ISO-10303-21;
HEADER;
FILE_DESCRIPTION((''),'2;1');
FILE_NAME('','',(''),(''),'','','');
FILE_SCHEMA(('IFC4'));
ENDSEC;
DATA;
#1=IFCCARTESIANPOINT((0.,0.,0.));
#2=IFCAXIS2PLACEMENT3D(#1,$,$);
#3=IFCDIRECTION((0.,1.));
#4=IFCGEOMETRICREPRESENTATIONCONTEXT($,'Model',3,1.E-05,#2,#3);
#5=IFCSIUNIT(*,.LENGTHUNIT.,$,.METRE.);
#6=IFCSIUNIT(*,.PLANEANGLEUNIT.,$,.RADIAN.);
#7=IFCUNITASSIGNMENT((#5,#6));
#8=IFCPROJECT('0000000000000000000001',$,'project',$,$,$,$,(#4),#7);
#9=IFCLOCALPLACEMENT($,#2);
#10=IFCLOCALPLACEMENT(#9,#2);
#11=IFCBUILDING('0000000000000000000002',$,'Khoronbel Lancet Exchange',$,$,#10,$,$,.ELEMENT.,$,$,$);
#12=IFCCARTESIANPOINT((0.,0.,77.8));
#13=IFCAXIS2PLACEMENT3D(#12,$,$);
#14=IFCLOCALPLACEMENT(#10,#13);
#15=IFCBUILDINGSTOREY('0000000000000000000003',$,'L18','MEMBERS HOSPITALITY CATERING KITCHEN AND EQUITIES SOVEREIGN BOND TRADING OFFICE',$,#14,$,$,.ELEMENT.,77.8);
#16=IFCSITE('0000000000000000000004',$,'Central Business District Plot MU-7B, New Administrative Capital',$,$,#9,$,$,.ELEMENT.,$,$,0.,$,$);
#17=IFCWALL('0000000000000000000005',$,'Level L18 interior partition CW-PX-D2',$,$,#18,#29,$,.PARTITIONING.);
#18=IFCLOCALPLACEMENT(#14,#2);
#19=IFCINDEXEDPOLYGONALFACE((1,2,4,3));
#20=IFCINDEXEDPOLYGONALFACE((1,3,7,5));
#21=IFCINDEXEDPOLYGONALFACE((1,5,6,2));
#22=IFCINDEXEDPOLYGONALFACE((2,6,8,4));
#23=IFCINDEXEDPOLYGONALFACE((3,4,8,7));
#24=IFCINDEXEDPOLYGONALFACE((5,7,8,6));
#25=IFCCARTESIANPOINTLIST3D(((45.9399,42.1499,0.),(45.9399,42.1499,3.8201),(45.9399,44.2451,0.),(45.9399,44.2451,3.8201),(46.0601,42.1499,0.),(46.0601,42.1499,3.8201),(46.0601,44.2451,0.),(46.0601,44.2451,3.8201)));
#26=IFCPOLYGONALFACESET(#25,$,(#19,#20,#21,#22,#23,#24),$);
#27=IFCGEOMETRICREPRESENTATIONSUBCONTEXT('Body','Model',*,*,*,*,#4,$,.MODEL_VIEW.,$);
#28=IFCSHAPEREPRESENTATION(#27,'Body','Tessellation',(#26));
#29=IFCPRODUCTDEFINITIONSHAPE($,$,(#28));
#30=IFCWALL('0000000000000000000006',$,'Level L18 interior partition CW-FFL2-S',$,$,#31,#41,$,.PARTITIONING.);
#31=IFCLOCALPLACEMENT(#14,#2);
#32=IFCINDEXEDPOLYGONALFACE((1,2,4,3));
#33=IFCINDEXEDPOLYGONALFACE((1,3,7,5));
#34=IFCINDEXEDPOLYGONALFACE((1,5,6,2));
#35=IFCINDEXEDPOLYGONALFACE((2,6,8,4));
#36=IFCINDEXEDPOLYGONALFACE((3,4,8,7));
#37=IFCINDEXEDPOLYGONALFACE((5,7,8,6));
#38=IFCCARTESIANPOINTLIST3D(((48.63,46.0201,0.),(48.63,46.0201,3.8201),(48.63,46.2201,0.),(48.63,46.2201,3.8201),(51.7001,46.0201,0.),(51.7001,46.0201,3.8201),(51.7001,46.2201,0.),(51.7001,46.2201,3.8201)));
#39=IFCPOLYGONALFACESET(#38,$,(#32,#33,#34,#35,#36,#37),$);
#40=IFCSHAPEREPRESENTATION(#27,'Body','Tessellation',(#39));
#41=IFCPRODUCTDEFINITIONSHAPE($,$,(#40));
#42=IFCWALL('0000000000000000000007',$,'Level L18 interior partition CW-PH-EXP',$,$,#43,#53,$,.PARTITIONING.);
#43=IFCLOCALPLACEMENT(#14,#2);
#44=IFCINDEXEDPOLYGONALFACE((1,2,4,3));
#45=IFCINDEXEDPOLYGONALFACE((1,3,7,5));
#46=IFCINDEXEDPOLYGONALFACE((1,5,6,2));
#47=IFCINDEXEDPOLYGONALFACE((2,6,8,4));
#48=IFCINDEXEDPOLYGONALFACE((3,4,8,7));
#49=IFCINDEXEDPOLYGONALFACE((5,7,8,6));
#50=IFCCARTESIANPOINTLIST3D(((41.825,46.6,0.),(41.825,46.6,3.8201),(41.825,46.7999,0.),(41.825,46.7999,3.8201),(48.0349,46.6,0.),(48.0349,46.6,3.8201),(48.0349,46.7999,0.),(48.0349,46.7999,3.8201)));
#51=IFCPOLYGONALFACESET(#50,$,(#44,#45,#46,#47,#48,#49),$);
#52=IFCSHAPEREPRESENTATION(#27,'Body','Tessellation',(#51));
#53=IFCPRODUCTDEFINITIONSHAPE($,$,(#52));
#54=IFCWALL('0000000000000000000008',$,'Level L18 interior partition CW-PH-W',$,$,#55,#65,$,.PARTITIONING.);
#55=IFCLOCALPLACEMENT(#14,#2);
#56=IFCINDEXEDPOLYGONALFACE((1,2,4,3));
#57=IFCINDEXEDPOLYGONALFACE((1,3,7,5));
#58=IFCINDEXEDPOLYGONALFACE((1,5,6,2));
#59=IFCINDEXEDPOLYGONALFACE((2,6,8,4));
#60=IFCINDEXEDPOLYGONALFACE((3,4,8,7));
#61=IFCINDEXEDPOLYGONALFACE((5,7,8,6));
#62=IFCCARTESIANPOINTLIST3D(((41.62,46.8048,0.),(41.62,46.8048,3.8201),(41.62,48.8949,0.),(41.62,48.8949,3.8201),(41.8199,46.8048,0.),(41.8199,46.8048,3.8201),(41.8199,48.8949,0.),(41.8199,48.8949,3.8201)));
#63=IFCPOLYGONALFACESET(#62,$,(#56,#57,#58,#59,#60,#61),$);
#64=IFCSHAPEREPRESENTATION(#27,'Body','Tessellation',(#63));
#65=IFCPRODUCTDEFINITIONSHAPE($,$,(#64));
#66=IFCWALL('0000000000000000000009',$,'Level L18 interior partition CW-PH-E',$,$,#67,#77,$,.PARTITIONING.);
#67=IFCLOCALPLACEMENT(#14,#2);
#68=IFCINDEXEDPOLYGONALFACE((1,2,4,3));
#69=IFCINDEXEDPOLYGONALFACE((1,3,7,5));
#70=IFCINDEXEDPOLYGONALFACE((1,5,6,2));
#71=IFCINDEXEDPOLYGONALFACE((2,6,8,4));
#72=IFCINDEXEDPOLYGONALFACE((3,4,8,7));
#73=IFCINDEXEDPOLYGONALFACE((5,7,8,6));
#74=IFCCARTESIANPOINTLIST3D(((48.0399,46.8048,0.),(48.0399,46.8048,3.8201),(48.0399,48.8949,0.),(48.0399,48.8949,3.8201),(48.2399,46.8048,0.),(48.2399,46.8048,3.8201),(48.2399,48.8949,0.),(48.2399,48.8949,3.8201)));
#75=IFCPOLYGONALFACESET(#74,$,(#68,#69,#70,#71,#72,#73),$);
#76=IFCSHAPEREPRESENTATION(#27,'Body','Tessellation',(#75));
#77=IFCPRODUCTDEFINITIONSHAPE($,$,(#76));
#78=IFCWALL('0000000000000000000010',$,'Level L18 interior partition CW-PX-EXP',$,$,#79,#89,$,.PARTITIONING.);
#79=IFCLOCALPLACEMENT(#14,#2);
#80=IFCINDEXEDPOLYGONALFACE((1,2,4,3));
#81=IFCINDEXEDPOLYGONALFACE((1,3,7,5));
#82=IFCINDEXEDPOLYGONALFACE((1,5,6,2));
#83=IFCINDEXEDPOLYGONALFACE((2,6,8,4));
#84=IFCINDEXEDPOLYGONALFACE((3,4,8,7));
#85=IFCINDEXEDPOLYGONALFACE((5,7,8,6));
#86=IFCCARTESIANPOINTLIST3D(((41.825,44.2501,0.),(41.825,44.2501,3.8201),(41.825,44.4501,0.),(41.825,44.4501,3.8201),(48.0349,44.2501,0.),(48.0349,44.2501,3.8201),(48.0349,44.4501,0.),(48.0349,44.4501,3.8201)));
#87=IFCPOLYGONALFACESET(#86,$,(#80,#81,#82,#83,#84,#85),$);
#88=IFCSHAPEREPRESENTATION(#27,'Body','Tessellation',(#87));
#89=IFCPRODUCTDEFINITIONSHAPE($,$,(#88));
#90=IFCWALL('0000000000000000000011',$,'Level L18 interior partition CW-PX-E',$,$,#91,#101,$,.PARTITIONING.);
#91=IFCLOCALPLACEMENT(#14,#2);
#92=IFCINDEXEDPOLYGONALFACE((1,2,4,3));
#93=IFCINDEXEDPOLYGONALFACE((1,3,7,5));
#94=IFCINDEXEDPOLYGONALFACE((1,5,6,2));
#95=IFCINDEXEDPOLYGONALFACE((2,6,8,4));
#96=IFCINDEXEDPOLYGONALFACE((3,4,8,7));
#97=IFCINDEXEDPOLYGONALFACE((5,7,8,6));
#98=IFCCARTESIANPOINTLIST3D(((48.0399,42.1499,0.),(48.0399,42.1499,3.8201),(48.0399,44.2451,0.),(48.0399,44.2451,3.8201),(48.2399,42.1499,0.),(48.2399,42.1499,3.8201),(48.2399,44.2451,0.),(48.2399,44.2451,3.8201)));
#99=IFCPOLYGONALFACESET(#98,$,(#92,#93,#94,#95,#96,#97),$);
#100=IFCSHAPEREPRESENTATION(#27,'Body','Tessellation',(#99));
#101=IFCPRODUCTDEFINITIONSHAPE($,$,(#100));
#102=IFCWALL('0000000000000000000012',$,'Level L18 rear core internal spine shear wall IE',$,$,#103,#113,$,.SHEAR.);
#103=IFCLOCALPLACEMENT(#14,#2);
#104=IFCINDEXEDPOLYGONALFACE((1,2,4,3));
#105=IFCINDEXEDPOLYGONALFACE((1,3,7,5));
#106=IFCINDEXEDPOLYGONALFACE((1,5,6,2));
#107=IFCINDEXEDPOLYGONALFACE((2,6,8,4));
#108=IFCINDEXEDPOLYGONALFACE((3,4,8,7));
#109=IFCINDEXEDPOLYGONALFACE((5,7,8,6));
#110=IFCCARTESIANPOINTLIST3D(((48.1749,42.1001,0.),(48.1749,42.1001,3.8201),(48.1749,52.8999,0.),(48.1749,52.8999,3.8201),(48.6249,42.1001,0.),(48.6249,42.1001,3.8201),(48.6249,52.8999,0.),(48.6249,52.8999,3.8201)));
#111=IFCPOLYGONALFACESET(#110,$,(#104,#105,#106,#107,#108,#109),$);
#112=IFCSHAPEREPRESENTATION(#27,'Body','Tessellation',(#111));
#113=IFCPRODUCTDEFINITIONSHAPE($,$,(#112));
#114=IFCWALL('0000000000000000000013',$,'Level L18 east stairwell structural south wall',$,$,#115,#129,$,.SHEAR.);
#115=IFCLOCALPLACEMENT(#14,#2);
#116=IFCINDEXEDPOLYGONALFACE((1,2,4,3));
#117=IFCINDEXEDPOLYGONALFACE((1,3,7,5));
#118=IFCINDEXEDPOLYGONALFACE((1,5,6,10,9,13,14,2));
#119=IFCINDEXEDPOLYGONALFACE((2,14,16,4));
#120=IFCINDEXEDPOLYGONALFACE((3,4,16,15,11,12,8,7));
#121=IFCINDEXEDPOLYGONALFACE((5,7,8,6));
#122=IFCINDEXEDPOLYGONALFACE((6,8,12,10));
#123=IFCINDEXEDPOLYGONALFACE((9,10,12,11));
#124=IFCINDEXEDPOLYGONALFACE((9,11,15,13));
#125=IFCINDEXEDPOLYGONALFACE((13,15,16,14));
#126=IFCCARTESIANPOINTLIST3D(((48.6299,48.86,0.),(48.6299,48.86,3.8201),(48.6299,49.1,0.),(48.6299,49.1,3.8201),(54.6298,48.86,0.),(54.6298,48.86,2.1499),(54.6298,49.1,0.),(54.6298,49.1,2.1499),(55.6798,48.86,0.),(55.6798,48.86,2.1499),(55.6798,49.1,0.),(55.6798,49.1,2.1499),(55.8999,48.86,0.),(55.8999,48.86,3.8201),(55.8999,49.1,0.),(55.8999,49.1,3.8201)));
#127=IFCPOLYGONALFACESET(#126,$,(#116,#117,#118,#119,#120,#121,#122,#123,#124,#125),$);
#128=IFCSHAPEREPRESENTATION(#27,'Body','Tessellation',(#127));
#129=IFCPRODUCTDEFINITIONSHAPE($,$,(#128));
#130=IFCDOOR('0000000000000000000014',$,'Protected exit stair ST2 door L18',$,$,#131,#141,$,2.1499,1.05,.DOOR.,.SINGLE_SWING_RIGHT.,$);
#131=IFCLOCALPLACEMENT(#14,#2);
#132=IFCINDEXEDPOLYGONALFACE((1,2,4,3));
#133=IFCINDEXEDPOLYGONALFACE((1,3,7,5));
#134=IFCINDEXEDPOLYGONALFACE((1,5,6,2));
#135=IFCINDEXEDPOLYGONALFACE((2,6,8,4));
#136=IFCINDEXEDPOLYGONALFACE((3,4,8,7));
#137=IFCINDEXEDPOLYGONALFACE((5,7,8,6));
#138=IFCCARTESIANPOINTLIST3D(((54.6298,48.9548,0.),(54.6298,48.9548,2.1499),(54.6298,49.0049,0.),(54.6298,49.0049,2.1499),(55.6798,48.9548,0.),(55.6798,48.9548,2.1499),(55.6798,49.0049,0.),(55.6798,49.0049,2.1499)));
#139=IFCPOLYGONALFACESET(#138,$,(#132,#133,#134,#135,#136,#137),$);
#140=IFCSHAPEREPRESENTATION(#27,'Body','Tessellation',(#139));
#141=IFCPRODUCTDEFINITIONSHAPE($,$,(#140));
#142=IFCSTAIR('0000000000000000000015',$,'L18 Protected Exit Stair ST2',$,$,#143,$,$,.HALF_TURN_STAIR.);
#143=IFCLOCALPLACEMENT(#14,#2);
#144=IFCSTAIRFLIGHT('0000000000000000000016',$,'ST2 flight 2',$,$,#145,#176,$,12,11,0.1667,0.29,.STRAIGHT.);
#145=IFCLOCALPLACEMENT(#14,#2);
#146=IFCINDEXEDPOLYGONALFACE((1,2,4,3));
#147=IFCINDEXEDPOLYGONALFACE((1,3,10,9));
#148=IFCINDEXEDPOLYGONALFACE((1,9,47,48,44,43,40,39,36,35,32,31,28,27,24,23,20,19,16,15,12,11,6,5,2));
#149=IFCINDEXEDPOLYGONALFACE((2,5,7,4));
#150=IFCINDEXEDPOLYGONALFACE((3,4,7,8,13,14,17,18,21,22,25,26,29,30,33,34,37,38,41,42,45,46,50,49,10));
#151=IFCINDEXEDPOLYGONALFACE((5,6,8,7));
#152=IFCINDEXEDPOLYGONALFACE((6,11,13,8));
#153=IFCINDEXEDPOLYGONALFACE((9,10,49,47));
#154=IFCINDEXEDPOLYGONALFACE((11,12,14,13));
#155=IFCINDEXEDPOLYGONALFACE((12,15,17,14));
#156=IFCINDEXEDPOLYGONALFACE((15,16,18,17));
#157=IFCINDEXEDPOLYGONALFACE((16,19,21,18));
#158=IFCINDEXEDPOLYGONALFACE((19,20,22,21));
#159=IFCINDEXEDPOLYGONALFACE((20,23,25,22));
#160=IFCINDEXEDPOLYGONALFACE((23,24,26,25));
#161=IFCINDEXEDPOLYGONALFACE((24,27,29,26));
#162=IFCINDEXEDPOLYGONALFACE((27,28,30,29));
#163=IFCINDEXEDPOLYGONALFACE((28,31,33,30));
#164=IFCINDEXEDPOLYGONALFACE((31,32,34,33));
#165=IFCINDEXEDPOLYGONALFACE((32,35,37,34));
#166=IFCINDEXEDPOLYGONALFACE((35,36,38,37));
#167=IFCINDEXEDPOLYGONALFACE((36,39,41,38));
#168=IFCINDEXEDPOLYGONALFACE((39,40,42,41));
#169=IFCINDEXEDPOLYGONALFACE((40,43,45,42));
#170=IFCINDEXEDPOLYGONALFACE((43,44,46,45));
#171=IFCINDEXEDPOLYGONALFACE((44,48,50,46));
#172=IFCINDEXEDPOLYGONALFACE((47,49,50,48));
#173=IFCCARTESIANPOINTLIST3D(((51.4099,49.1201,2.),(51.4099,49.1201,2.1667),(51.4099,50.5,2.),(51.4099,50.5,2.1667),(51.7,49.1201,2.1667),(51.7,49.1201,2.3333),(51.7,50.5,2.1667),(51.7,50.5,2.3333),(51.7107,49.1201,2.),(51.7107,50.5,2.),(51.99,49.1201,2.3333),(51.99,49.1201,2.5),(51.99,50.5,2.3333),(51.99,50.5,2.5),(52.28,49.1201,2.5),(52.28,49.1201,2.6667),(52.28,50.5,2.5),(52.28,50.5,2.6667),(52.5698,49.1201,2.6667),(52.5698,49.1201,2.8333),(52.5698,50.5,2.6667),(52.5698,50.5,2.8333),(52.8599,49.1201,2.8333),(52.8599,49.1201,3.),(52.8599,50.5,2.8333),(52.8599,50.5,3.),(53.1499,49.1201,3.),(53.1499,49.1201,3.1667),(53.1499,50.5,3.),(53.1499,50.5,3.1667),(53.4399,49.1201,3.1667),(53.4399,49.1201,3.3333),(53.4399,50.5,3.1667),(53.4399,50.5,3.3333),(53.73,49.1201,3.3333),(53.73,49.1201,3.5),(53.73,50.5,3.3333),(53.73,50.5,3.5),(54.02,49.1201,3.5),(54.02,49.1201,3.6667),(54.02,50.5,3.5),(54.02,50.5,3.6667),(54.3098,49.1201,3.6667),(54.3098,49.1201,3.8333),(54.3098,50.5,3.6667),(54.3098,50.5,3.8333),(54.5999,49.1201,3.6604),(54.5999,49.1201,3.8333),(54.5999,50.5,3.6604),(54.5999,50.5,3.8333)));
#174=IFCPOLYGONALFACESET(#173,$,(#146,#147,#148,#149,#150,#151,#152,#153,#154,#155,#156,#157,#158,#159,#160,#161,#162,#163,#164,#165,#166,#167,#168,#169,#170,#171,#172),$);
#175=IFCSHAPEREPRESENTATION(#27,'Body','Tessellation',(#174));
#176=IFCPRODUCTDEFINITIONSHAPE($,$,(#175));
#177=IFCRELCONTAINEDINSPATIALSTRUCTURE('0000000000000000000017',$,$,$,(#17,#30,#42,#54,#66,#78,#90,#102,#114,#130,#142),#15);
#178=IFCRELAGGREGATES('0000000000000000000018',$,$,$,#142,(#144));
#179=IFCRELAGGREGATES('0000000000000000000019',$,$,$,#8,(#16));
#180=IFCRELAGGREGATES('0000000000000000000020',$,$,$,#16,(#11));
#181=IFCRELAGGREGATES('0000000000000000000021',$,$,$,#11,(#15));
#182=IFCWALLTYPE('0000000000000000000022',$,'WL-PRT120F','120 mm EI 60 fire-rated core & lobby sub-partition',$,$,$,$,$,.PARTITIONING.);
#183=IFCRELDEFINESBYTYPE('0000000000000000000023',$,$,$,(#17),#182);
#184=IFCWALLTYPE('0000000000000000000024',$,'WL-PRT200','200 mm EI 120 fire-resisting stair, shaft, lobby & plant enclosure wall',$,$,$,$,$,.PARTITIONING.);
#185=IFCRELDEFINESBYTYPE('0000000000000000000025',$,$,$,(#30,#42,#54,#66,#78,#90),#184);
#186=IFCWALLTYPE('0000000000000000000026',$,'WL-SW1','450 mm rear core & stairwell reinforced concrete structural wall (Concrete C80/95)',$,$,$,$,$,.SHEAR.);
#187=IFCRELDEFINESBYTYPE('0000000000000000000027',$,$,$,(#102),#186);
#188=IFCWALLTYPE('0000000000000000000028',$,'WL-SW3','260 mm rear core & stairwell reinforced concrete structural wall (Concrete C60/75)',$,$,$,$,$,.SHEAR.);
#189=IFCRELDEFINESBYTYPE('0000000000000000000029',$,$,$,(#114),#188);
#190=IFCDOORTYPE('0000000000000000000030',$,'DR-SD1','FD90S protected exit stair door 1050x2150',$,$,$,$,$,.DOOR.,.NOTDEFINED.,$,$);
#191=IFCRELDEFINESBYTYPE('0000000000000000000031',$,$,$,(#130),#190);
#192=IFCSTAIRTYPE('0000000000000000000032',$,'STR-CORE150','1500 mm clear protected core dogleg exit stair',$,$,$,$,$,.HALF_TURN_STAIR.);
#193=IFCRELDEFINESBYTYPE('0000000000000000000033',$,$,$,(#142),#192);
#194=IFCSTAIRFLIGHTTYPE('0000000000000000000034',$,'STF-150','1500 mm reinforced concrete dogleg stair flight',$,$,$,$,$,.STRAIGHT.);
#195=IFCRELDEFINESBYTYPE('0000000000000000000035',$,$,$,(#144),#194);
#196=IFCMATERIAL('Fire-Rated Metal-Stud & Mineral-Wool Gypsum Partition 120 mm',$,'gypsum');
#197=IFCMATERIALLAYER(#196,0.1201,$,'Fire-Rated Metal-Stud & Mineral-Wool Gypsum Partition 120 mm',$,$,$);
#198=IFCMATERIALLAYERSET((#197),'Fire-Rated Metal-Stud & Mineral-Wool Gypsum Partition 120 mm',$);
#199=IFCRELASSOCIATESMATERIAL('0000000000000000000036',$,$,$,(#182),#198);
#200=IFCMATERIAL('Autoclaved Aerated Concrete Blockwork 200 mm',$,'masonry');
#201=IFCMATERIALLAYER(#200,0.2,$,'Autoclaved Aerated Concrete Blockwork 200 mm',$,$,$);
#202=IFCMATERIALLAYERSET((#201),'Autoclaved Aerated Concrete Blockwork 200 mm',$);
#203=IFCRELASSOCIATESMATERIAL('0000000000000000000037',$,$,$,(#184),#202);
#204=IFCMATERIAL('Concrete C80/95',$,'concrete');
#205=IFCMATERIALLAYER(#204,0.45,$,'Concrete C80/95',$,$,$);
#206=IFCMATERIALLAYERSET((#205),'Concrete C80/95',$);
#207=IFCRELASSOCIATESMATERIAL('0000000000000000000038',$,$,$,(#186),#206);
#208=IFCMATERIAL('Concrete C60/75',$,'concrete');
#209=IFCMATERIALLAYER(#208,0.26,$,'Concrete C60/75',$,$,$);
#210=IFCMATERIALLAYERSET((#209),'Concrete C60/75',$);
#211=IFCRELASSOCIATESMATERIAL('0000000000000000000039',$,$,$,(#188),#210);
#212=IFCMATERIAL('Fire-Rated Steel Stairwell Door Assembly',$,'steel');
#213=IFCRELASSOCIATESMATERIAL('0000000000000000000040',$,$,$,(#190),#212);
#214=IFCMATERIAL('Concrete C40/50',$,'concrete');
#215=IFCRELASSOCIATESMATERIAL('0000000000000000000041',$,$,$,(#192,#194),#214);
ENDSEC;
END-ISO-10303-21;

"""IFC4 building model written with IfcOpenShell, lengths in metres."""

from ifc_helpers import new_model, si_unit, direction, frame, frame_2d, origin, place, context, subcontext, project, spatial, polyline, rectangle, outline, extrude, material, layer, layer_set, type_object, element, fill, aggregate, save


model = new_model("IFC4")

# Units and contexts
model_context = context("Model", 3, precision=1e-05, world=origin(), true_north=direction((0.0, 1.0)))
body_context = subcontext(model_context, "Body", "Model", "MODEL_VIEW")
ifc_project = project(units=[si_unit("LENGTHUNIT", "METRE"), si_unit("PLANEANGLEUNIT", "RADIAN")], contexts=[model_context])

# Site, building, storey
site_placement = place(None, origin())
site = spatial("IfcSite", under=ifc_project, at=site_placement, Name="Central Business District Plot MU-7B, New Administrative Capital", CompositionType="ELEMENT", RefElevation=0.0)
building_placement = place(site_placement, origin())
building = spatial("IfcBuilding", under=site, at=building_placement, Name="Khoronbel Lancet Exchange", CompositionType="ELEMENT")
storey_placement = place(building_placement, frame((0.0, 0.0, 77.8)))
storey = spatial("IfcBuildingStorey", under=building, at=storey_placement, Name="L18", Description="MEMBERS HOSPITALITY CATERING KITCHEN AND EQUITIES SOVEREIGN BOND TRADING OFFICE", CompositionType="ELEMENT", Elevation=77.8)

# Walls
ifc_material_1 = material(Name="Fire-Rated Metal-Stud & Mineral-Wool Gypsum Partition 120 mm", Category="gypsum")
ifc_layer_1 = layer(ifc_material_1, 0.1201, Name="Fire-Rated Metal-Stud & Mineral-Wool Gypsum Partition 120 mm")
ifc_layer_set_1 = layer_set([ifc_layer_1], Name="Fire-Rated Metal-Stud & Mineral-Wool Gypsum Partition 120 mm")
wall_type_1 = type_object("IfcWallType", Name="WL-PRT120F", Description="120 mm EI 60 fire-rated core & lobby sub-partition", PredefinedType="PARTITIONING", material=ifc_layer_set_1)
for number, where, z_axis, x_axis, name in (
    (1, (46.0, 42.1499, 0.0), (0.0, 0.0, 1.0), (0.0, 1.0, 0.0), "Level L18 interior partition CW-PX-D2"),
):
    element("IfcWall", number, at=place(storey_placement, frame(where, z_axis=z_axis, x_axis=x_axis)), inside=storey, type_object=wall_type_1, Name=name, PredefinedType="PARTITIONING", context=body_context, shape_type="SweptSolid", body=[
        extrude(rectangle(XDim=2.0952, YDim=0.1201, at=frame_2d((1.0476, 0.0))), origin(), (0.0, 0.0, 1.0), 3.8201),
    ])
ifc_material_2 = material(Name="Autoclaved Aerated Concrete Blockwork 200 mm", Category="masonry")
ifc_layer_2 = layer(ifc_material_2, 0.2, Name="Autoclaved Aerated Concrete Blockwork 200 mm")
ifc_layer_set_2 = layer_set([ifc_layer_2], Name="Autoclaved Aerated Concrete Blockwork 200 mm")
wall_type_2 = type_object("IfcWallType", Name="WL-PRT200", Description="200 mm EI 120 fire-resisting stair, shaft, lobby & plant enclosure wall", PredefinedType="PARTITIONING", material=ifc_layer_set_2)
wall_1_placement = place(storey_placement, frame((48.6299, 46.1201, 0.0), z_axis=(0.0, 0.0, 1.0), x_axis=(1.0, 0.0, 0.0)))
element("IfcWall", 2, at=wall_1_placement, inside=storey, type_object=wall_type_2, Name="Level L18 interior partition CW-FFL2-S", PredefinedType="PARTITIONING", context=body_context, shape_type="SweptSolid", body=[
    extrude(rectangle(XDim=3.0701, YDim=0.2, at=frame_2d((1.5352, 0.0))), origin(), (0.0, 0.0, 1.0), 3.8201),
])
wall_2_placement = place(storey_placement, frame((41.825, 46.7, 0.0), z_axis=(0.0, 0.0, 1.0), x_axis=(1.0, 0.0, 0.0)))
element("IfcWall", 3, at=wall_2_placement, inside=storey, type_object=wall_type_2, Name="Level L18 interior partition CW-PH-EXP", PredefinedType="PARTITIONING", context=body_context, shape_type="SweptSolid", body=[
    extrude(rectangle(XDim=6.21, YDim=0.2, at=frame_2d((3.105, 0.0))), origin(), (0.0, 0.0, 1.0), 3.8201),
])
for number, where, z_axis, x_axis, name in (
    (4, (41.72, 46.8049, 0.0), (0.0, 0.0, 1.0), (0.0, 1.0, 0.0), "Level L18 interior partition CW-PH-W"),
    (5, (48.1399, 46.8049, 0.0), (0.0, 0.0, 1.0), (0.0, 1.0, 0.0), "Level L18 interior partition CW-PH-E"),
):
    element("IfcWall", number, at=place(storey_placement, frame(where, z_axis=z_axis, x_axis=x_axis)), inside=storey, type_object=wall_type_2, Name=name, PredefinedType="PARTITIONING", context=body_context, shape_type="SweptSolid", body=[
        extrude(rectangle(XDim=2.0901, YDim=0.2, at=frame_2d((1.0449, 0.0))), origin(), (0.0, 0.0, 1.0), 3.8201),
    ])
wall_3_placement = place(storey_placement, frame((41.825, 44.3501, 0.0), z_axis=(0.0, 0.0, 1.0), x_axis=(1.0, 0.0, 0.0)))
element("IfcWall", 6, at=wall_3_placement, inside=storey, type_object=wall_type_2, Name="Level L18 interior partition CW-PX-EXP", PredefinedType="PARTITIONING", context=body_context, shape_type="SweptSolid", body=[
    extrude(rectangle(XDim=6.21, YDim=0.2, at=frame_2d((3.105, 0.0))), origin(), (0.0, 0.0, 1.0), 3.8201),
])
wall_4_placement = place(storey_placement, frame((48.1399, 42.1499, 0.0), z_axis=(0.0, 0.0, 1.0), x_axis=(0.0, 1.0, 0.0)))
element("IfcWall", 7, at=wall_4_placement, inside=storey, type_object=wall_type_2, Name="Level L18 interior partition CW-PX-E", PredefinedType="PARTITIONING", context=body_context, shape_type="SweptSolid", body=[
    extrude(rectangle(XDim=2.0952, YDim=0.2, at=frame_2d((1.0476, 0.0))), origin(), (0.0, 0.0, 1.0), 3.8201),
])
ifc_material_3 = material(Name="Concrete C80/95", Category="concrete")
ifc_layer_3 = layer(ifc_material_3, 0.45, Name="Concrete C80/95")
ifc_layer_set_3 = layer_set([ifc_layer_3], Name="Concrete C80/95")
wall_type_3 = type_object("IfcWallType", Name="WL-SW1", Description="450 mm rear core & stairwell reinforced concrete structural wall (Concrete C80/95)", PredefinedType="SHEAR", material=ifc_layer_set_3)
wall_5_placement = place(storey_placement, frame((48.3999, 42.1001, 0.0), z_axis=(0.0, 0.0, 1.0), x_axis=(0.0, 1.0, 0.0)))
element("IfcWall", 8, at=wall_5_placement, inside=storey, type_object=wall_type_3, Name="Level L18 rear core internal spine shear wall IE", PredefinedType="SHEAR", context=body_context, shape_type="SweptSolid", body=[
    extrude(rectangle(XDim=10.7998, YDim=0.45, at=frame_2d((5.3999, 0.0))), origin(), (0.0, 0.0, 1.0), 3.8201),
])

# Wall, opening, door
ifc_material_4 = material(Name="Concrete C60/75", Category="concrete")
ifc_layer_4 = layer(ifc_material_4, 0.26, Name="Concrete C60/75")
ifc_layer_set_4 = layer_set([ifc_layer_4], Name="Concrete C60/75")
wall_type_4 = type_object("IfcWallType", Name="WL-SW3", Description="260 mm rear core & stairwell reinforced concrete structural wall (Concrete C60/75)", PredefinedType="SHEAR", material=ifc_layer_set_4)
wall_6_placement = place(storey_placement, frame((48.6299, 48.98, 0.0), z_axis=(0.0, 0.0, 1.0), x_axis=(1.0, 0.0, 0.0)))
wall_6 = element("IfcWall", 9, at=wall_6_placement, inside=storey, type_object=wall_type_4, Name="Level L18 east stairwell structural south wall", PredefinedType="SHEAR", context=body_context, shape_type="SweptSolid", body=[
    extrude(rectangle(XDim=7.27, YDim=0.24, at=frame_2d((3.635, 0.0))), origin(), (0.0, 0.0, 1.0), 3.8201),
])
opening_placement = place(wall_6_placement, frame((6.0, 0.0, 0.0)))
opening = element("IfcOpeningElement", 10, at=opening_placement, cuts=wall_6, PredefinedType="OPENING", context=body_context, shape_type="SweptSolid", body=[
    extrude(rectangle(XDim=1.05, YDim=2.1499, at=frame_2d((0.5249, 1.075))), frame((0.0, 0.1299, 0.0), z_axis=(0.0, -1.0, 0.0), x_axis=(1.0, 0.0, 0.0)), (0.0, 0.0, 1.0), 0.26),
])
ifc_material_5 = material(Name="Fire-Rated Steel Stairwell Door Assembly", Category="steel")
door_type = type_object("IfcDoorType", Name="DR-SD1", Description="FD90S protected exit stair door 1050x2150", OperationType="NOTDEFINED", PredefinedType="DOOR", material=ifc_material_5)
door_placement = place(opening_placement, origin())
door = element("IfcDoor", 11, at=door_placement, inside=storey, type_object=door_type, Name="Protected exit stair ST2 door L18", OperationType="SINGLE_SWING_RIGHT", OverallHeight=2.1499, OverallWidth=1.05, PredefinedType="DOOR", context=body_context, shape_type="SweptSolid", body=[
    extrude(rectangle(XDim=1.05, YDim=2.1499, at=frame_2d((0.5249, 1.075))), frame((0.0, 0.0249, 0.0), z_axis=(0.0, -1.0, 0.0), x_axis=(1.0, 0.0, 0.0)), (0.0, 0.0, 1.0), 0.05),
])
fill(opening, door)

# Stair, stair flight
ifc_material_6 = material(Name="Concrete C40/50", Category="concrete")
stair_type = type_object("IfcStairType", Name="STR-CORE150", Description="1500 mm clear protected core dogleg exit stair", PredefinedType="HALF_TURN_STAIR", material=ifc_material_6)
stair_placement = place(storey_placement, origin())
stair = element("IfcStair", 12, at=stair_placement, inside=storey, type_object=stair_type, Name="L18 Protected Exit Stair ST2", PredefinedType="HALF_TURN_STAIR")
stair_flight_type = type_object("IfcStairFlightType", Name="STF-150", Description="1500 mm reinforced concrete dogleg stair flight", PredefinedType="STRAIGHT", material=ifc_material_6)
stair_flight_placement = place(storey_placement, frame((51.4099, 49.8101, 2.0), z_axis=(0.0, 0.0, 1.0), x_axis=(1.0, 0.0, 0.0)))
stair_flight = element("IfcStairFlight", 13, at=stair_flight_placement, type_object=stair_flight_type, Name="ST2 flight 2", NumberOfRisers=12, NumberOfTreads=11, PredefinedType="STRAIGHT", RiserHeight=0.1667, TreadLength=0.29, context=body_context, shape_type="SweptSolid", body=[
    extrude(outline(polyline([(0.0, 0.0), (0.0, 0.1667), (0.29, 0.1667), (0.29, 0.3333), (0.5801, 0.3333), (0.5801, 0.5), (0.8701, 0.5), (0.8701, 0.6667), (1.1599, 0.6667), (1.1599, 0.8333), (1.45, 0.8333), (1.45, 1.0), (1.74, 1.0), (1.74, 1.1667), (2.03, 1.1667), (2.03, 1.3333), (2.3201, 1.3333), (2.3201, 1.5), (2.6101, 1.5), (2.6101, 1.6667), (2.8999, 1.6667), (2.8999, 1.8333), (3.1899, 1.8333), (3.1899, 2.0), (3.1899, 1.6604), (0.3008, 0.0), (0.0, 0.0)])), frame((0.0, 0.6899, 0.0), z_axis=(0.0, -1.0, 0.0), x_axis=(1.0, 0.0, 0.0)), (0.0, 0.0, 1.0), 1.3799),
])
aggregate(stair, [stair_flight])

save(model, "model.ifc")
